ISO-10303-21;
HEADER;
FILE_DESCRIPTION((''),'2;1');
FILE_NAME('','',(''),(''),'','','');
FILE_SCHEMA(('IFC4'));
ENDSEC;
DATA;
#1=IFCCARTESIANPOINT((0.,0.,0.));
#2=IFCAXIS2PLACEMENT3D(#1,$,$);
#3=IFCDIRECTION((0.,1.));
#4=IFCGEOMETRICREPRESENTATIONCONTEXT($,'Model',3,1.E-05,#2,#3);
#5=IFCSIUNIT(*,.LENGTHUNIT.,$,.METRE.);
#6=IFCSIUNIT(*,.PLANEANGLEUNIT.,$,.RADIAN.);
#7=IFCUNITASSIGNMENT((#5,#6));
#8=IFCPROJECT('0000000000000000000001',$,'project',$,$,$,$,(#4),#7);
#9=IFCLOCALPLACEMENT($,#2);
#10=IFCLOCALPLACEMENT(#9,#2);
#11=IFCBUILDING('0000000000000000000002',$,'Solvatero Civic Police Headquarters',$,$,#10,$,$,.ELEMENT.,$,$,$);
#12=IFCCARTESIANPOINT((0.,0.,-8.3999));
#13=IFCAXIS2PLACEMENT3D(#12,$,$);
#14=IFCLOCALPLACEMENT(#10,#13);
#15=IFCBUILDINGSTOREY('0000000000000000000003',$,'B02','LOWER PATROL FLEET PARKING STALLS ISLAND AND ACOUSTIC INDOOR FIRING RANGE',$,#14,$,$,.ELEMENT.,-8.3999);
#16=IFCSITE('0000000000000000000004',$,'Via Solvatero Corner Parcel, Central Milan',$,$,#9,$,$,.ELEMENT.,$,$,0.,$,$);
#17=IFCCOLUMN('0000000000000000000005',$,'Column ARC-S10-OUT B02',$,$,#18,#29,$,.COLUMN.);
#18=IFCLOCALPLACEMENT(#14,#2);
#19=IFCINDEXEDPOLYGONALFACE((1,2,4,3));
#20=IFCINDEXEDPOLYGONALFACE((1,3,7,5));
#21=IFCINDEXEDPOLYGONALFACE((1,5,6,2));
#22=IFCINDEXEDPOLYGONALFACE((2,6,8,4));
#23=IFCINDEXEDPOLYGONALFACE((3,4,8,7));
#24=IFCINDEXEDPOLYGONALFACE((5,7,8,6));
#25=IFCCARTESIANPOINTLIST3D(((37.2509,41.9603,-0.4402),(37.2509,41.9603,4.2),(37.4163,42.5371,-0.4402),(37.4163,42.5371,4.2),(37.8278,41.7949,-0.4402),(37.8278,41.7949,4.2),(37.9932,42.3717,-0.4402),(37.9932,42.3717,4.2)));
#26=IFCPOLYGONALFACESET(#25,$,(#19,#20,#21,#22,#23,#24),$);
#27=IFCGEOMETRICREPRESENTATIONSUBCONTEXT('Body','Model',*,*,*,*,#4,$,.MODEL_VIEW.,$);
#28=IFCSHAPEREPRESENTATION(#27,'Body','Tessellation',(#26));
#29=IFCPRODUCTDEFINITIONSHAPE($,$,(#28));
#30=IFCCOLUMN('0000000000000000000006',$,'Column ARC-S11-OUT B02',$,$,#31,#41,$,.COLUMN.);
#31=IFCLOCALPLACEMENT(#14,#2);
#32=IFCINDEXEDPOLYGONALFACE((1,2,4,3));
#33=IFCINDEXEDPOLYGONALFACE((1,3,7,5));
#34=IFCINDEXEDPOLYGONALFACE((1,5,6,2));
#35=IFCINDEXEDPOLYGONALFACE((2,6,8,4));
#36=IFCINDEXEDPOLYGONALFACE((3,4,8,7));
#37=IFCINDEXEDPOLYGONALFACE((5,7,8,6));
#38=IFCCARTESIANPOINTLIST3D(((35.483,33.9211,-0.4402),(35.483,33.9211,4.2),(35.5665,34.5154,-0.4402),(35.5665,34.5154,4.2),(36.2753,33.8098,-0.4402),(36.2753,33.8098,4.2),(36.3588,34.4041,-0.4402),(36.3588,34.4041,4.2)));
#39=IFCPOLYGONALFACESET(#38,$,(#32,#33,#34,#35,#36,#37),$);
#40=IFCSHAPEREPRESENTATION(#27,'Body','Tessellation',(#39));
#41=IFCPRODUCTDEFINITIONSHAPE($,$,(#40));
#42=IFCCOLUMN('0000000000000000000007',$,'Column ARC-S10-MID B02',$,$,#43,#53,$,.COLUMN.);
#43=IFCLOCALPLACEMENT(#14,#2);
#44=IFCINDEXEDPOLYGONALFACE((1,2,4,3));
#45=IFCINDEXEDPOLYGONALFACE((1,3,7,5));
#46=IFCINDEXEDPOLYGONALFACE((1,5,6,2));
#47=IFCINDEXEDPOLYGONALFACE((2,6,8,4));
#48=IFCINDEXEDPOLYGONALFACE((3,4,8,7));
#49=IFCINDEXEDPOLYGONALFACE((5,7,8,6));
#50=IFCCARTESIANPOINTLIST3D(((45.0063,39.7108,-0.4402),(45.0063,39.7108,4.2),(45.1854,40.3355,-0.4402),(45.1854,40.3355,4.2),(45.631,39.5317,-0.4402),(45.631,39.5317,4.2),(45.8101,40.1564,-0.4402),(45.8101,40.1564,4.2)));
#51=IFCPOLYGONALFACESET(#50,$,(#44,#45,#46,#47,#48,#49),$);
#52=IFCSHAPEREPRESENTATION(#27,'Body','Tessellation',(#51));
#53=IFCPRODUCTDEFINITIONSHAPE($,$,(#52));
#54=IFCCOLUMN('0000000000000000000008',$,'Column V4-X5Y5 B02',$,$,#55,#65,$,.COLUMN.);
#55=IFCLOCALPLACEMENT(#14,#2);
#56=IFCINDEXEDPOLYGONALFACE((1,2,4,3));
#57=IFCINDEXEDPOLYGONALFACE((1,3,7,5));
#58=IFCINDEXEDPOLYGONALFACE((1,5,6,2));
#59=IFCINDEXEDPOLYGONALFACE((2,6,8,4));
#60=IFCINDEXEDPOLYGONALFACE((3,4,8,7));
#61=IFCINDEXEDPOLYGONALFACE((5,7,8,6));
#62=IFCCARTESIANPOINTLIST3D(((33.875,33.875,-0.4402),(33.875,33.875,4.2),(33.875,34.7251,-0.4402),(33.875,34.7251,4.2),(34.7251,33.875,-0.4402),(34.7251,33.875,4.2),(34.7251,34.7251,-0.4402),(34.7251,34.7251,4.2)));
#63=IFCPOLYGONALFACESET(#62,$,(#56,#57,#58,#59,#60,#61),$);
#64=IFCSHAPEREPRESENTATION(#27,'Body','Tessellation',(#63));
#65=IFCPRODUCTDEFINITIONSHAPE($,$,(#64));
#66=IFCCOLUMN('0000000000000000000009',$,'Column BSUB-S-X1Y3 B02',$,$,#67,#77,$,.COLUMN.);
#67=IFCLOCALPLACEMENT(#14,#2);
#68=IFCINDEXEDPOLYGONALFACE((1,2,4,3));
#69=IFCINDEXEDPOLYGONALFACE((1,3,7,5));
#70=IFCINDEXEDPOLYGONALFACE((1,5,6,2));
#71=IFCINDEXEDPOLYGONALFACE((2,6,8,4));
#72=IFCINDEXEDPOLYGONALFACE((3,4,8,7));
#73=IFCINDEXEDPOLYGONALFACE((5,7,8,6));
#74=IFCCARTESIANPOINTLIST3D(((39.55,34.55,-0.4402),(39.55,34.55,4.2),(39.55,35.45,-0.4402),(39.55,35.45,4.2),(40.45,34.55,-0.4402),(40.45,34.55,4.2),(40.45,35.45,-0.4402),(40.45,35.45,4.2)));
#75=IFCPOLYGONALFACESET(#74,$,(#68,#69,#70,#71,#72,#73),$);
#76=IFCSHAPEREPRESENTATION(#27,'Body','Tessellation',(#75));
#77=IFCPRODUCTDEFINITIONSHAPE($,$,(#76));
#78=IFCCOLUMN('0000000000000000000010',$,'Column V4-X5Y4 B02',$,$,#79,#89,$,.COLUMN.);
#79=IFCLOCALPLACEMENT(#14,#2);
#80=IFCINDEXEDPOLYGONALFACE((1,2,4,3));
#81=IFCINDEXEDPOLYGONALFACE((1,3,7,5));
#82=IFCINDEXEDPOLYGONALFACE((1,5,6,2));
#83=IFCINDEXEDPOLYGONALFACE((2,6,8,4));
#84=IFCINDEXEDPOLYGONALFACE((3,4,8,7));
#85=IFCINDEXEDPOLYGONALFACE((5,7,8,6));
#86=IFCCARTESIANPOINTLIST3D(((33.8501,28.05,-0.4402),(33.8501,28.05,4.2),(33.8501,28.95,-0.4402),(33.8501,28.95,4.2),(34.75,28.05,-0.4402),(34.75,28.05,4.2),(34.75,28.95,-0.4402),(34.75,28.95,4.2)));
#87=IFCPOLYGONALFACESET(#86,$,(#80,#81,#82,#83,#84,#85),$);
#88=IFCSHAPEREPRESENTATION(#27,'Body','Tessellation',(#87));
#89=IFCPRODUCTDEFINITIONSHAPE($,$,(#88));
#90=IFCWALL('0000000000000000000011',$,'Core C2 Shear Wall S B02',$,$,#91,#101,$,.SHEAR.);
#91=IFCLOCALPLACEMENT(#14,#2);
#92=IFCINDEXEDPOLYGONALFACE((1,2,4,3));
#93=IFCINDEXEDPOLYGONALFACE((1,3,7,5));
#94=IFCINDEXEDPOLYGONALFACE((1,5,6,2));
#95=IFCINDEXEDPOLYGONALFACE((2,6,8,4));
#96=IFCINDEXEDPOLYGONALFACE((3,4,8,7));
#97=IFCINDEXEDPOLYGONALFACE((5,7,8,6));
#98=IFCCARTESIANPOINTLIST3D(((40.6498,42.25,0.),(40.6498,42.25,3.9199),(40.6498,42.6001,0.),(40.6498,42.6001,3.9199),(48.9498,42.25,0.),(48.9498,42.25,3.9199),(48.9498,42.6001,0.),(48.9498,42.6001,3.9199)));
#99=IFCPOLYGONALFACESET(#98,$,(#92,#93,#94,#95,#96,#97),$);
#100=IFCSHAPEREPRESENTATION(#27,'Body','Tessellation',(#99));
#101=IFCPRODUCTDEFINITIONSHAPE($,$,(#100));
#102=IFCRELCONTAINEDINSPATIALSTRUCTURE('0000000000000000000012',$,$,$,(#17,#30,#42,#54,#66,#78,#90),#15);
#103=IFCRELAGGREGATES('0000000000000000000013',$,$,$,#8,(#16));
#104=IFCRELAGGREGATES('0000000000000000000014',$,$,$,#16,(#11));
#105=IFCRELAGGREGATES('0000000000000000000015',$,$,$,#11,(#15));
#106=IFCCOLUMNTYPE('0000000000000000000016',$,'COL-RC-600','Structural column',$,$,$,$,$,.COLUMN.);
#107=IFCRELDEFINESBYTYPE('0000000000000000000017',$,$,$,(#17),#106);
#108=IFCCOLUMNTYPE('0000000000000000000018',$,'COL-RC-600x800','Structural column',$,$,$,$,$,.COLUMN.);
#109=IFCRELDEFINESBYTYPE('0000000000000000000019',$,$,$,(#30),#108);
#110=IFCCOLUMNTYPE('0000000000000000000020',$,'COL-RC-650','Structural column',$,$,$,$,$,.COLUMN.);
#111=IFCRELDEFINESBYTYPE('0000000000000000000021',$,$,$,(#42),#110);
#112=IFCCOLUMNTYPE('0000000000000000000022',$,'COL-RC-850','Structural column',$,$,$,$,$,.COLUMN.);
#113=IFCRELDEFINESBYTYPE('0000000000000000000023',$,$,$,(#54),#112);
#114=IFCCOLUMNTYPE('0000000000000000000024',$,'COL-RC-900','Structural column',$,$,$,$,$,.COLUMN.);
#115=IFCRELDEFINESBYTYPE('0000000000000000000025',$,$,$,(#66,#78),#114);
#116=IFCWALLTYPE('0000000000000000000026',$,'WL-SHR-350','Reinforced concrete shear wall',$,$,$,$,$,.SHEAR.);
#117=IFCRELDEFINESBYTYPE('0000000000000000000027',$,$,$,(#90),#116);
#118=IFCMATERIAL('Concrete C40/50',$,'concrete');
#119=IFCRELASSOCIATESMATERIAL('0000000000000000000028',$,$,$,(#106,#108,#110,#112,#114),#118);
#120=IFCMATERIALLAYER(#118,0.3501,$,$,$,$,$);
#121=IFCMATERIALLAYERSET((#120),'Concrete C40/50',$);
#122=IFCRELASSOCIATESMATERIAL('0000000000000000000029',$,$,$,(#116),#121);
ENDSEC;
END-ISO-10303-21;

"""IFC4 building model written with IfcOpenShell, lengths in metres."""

from ifc_helpers import new_model, si_unit, direction, frame, frame_2d, origin, origin_2d, place, context, subcontext, project, spatial, rectangle, extrude, material, layer, layer_set, material_profile, profile_set, type_object, element, save


model = new_model("IFC4")

# Units and contexts
model_context = context("Model", 3, precision=1e-05, world=origin(), true_north=direction((0.0, 1.0)))
body_context = subcontext(model_context, "Body", "Model", "MODEL_VIEW")
ifc_project = project(units=[si_unit("LENGTHUNIT", "METRE"), si_unit("PLANEANGLEUNIT", "RADIAN")], contexts=[model_context])

# Site, building, storey
site_placement = place(None, origin())
site = spatial("IfcSite", under=ifc_project, at=site_placement, Name="Via Solvatero Corner Parcel, Central Milan", CompositionType="ELEMENT", RefElevation=0.0)
building_placement = place(site_placement, origin())
building = spatial("IfcBuilding", under=site, at=building_placement, Name="Solvatero Civic Police Headquarters", CompositionType="ELEMENT")
storey_placement = place(building_placement, frame((0.0, 0.0, -8.3999)))
storey = spatial("IfcBuildingStorey", under=building, at=storey_placement, Name="B02", Description="LOWER PATROL FLEET PARKING STALLS ISLAND AND ACOUSTIC INDOOR FIRING RANGE", CompositionType="ELEMENT", Elevation=-8.3999)

# Columns
ifc_material_1 = material(Name="Concrete C40/50", Category="concrete")
ifc_material_profile_1 = material_profile(ifc_material_1, rectangle(XDim=0.6001, YDim=0.6001, at=origin_2d()), Name="RC 600x600")
ifc_profile_set_1 = profile_set([ifc_material_profile_1], Name="Concrete C40/50")
column_type_1 = type_object("IfcColumnType", Name="COL-RC-600", Description="Structural column", PredefinedType="COLUMN", material=ifc_profile_set_1)
column_1_placement = place(storey_placement, frame((37.6221, 42.166, -0.4402), z_axis=(0.0, 0.0, 1.0), x_axis=(0.275637, 0.961262, 0.0)))
element("IfcColumn", 1, at=column_1_placement, inside=storey, type_object=column_type_1, Name="Column ARC-S10-OUT B02", PredefinedType="COLUMN", context=body_context, shape_type="SweptSolid", body=[
    extrude(rectangle(XDim=0.6001, YDim=0.6001, at=origin_2d()), origin(), (0.0, 0.0, 1.0), 4.6401),
])
ifc_material_profile_2 = material_profile(ifc_material_1, rectangle(XDim=0.6001, YDim=0.8, at=origin_2d()), Name="RC 600x800")
ifc_profile_set_2 = profile_set([ifc_material_profile_2], Name="Concrete C40/50")
column_type_2 = type_object("IfcColumnType", Name="COL-RC-600x800", Description="Structural column", PredefinedType="COLUMN", material=ifc_profile_set_2)
column_2_placement = place(storey_placement, frame((35.9209, 34.1626, -0.4402), z_axis=(0.0, 0.0, 1.0), x_axis=(0.139173, 0.990268, 0.0)))
element("IfcColumn", 2, at=column_2_placement, inside=storey, type_object=column_type_2, Name="Column ARC-S11-OUT B02", PredefinedType="COLUMN", context=body_context, shape_type="SweptSolid", body=[
    extrude(rectangle(XDim=0.6001, YDim=0.8, at=origin_2d()), origin(), (0.0, 0.0, 1.0), 4.6401),
])
ifc_material_profile_3 = material_profile(ifc_material_1, rectangle(XDim=0.6499, YDim=0.6499, at=origin_2d()), Name="RC 650x650")
ifc_profile_set_3 = profile_set([ifc_material_profile_3], Name="Concrete C40/50")
column_type_3 = type_object("IfcColumnType", Name="COL-RC-650", Description="Structural column", PredefinedType="COLUMN", material=ifc_profile_set_3)
column_3_placement = place(storey_placement, frame((45.4082, 39.9336, -0.4402), z_axis=(0.0, 0.0, 1.0), x_axis=(0.275637, 0.961262, 0.0)))
element("IfcColumn", 3, at=column_3_placement, inside=storey, type_object=column_type_3, Name="Column ARC-S10-MID B02", PredefinedType="COLUMN", context=body_context, shape_type="SweptSolid", body=[
    extrude(rectangle(XDim=0.6499, YDim=0.6499, at=origin_2d()), origin(), (0.0, 0.0, 1.0), 4.6401),
])
ifc_material_profile_4 = material_profile(ifc_material_1, rectangle(XDim=0.8501, YDim=0.8501, at=origin_2d()), Name="RC 850x850")
ifc_profile_set_4 = profile_set([ifc_material_profile_4], Name="Concrete C40/50")
column_type_4 = type_object("IfcColumnType", Name="COL-RC-850", Description="Structural column", PredefinedType="COLUMN", material=ifc_profile_set_4)
column_4_placement = place(storey_placement, frame((34.3, 34.3, -0.4402), z_axis=(0.0, 0.0, 1.0), x_axis=(1.0, 0.0, 0.0)))
element("IfcColumn", 4, at=column_4_placement, inside=storey, type_object=column_type_4, Name="Column V4-X5Y5 B02", PredefinedType="COLUMN", context=body_context, shape_type="SweptSolid", body=[
    extrude(rectangle(XDim=0.8501, YDim=0.8501, at=origin_2d()), origin(), (0.0, 0.0, 1.0), 4.6401),
])
ifc_material_profile_5 = material_profile(ifc_material_1, rectangle(XDim=0.8999, YDim=0.8999, at=origin_2d()), Name="RC 900x900")
ifc_profile_set_5 = profile_set([ifc_material_profile_5], Name="Concrete C40/50")
column_type_5 = type_object("IfcColumnType", Name="COL-RC-900", Description="Structural column", PredefinedType="COLUMN", material=ifc_profile_set_5)
for number, where, z_axis, x_axis, name in (
    (5, (40.0, 35.0, -0.4402), (0.0, 0.0, 1.0), (1.0, 0.0, 0.0), "Column BSUB-S-X1Y3 B02"),
    (6, (34.3, 28.5, -0.4402), (0.0, 0.0, 1.0), (1.0, 0.0, 0.0), "Column V4-X5Y4 B02"),
):
    element("IfcColumn", number, at=place(storey_placement, frame(where, z_axis=z_axis, x_axis=x_axis)), inside=storey, type_object=column_type_5, Name=name, PredefinedType="COLUMN", context=body_context, shape_type="SweptSolid", body=[
        extrude(rectangle(XDim=0.8999, YDim=0.8999, at=origin_2d()), origin(), (0.0, 0.0, 1.0), 4.6401),
    ])

# Wall
ifc_layer = layer(ifc_material_1, 0.3501)
ifc_layer_set = layer_set([ifc_layer], Name="Concrete C40/50")
wall_type = type_object("IfcWallType", Name="WL-SHR-350", Description="Reinforced concrete shear wall", PredefinedType="SHEAR", material=ifc_layer_set)
wall_placement = place(storey_placement, frame((40.6499, 42.425, 0.0), z_axis=(0.0, 0.0, 1.0), x_axis=(1.0, 0.0, 0.0)))
element("IfcWall", 7, at=wall_placement, inside=storey, type_object=wall_type, Name="Core C2 Shear Wall S B02", PredefinedType="SHEAR", context=body_context, shape_type="SweptSolid", body=[
    extrude(rectangle(XDim=8.3, YDim=0.3501, at=frame_2d((4.1499, 0.0))), origin(), (0.0, 0.0, 1.0), 3.9199),
])

save(model, "model.ifc")
